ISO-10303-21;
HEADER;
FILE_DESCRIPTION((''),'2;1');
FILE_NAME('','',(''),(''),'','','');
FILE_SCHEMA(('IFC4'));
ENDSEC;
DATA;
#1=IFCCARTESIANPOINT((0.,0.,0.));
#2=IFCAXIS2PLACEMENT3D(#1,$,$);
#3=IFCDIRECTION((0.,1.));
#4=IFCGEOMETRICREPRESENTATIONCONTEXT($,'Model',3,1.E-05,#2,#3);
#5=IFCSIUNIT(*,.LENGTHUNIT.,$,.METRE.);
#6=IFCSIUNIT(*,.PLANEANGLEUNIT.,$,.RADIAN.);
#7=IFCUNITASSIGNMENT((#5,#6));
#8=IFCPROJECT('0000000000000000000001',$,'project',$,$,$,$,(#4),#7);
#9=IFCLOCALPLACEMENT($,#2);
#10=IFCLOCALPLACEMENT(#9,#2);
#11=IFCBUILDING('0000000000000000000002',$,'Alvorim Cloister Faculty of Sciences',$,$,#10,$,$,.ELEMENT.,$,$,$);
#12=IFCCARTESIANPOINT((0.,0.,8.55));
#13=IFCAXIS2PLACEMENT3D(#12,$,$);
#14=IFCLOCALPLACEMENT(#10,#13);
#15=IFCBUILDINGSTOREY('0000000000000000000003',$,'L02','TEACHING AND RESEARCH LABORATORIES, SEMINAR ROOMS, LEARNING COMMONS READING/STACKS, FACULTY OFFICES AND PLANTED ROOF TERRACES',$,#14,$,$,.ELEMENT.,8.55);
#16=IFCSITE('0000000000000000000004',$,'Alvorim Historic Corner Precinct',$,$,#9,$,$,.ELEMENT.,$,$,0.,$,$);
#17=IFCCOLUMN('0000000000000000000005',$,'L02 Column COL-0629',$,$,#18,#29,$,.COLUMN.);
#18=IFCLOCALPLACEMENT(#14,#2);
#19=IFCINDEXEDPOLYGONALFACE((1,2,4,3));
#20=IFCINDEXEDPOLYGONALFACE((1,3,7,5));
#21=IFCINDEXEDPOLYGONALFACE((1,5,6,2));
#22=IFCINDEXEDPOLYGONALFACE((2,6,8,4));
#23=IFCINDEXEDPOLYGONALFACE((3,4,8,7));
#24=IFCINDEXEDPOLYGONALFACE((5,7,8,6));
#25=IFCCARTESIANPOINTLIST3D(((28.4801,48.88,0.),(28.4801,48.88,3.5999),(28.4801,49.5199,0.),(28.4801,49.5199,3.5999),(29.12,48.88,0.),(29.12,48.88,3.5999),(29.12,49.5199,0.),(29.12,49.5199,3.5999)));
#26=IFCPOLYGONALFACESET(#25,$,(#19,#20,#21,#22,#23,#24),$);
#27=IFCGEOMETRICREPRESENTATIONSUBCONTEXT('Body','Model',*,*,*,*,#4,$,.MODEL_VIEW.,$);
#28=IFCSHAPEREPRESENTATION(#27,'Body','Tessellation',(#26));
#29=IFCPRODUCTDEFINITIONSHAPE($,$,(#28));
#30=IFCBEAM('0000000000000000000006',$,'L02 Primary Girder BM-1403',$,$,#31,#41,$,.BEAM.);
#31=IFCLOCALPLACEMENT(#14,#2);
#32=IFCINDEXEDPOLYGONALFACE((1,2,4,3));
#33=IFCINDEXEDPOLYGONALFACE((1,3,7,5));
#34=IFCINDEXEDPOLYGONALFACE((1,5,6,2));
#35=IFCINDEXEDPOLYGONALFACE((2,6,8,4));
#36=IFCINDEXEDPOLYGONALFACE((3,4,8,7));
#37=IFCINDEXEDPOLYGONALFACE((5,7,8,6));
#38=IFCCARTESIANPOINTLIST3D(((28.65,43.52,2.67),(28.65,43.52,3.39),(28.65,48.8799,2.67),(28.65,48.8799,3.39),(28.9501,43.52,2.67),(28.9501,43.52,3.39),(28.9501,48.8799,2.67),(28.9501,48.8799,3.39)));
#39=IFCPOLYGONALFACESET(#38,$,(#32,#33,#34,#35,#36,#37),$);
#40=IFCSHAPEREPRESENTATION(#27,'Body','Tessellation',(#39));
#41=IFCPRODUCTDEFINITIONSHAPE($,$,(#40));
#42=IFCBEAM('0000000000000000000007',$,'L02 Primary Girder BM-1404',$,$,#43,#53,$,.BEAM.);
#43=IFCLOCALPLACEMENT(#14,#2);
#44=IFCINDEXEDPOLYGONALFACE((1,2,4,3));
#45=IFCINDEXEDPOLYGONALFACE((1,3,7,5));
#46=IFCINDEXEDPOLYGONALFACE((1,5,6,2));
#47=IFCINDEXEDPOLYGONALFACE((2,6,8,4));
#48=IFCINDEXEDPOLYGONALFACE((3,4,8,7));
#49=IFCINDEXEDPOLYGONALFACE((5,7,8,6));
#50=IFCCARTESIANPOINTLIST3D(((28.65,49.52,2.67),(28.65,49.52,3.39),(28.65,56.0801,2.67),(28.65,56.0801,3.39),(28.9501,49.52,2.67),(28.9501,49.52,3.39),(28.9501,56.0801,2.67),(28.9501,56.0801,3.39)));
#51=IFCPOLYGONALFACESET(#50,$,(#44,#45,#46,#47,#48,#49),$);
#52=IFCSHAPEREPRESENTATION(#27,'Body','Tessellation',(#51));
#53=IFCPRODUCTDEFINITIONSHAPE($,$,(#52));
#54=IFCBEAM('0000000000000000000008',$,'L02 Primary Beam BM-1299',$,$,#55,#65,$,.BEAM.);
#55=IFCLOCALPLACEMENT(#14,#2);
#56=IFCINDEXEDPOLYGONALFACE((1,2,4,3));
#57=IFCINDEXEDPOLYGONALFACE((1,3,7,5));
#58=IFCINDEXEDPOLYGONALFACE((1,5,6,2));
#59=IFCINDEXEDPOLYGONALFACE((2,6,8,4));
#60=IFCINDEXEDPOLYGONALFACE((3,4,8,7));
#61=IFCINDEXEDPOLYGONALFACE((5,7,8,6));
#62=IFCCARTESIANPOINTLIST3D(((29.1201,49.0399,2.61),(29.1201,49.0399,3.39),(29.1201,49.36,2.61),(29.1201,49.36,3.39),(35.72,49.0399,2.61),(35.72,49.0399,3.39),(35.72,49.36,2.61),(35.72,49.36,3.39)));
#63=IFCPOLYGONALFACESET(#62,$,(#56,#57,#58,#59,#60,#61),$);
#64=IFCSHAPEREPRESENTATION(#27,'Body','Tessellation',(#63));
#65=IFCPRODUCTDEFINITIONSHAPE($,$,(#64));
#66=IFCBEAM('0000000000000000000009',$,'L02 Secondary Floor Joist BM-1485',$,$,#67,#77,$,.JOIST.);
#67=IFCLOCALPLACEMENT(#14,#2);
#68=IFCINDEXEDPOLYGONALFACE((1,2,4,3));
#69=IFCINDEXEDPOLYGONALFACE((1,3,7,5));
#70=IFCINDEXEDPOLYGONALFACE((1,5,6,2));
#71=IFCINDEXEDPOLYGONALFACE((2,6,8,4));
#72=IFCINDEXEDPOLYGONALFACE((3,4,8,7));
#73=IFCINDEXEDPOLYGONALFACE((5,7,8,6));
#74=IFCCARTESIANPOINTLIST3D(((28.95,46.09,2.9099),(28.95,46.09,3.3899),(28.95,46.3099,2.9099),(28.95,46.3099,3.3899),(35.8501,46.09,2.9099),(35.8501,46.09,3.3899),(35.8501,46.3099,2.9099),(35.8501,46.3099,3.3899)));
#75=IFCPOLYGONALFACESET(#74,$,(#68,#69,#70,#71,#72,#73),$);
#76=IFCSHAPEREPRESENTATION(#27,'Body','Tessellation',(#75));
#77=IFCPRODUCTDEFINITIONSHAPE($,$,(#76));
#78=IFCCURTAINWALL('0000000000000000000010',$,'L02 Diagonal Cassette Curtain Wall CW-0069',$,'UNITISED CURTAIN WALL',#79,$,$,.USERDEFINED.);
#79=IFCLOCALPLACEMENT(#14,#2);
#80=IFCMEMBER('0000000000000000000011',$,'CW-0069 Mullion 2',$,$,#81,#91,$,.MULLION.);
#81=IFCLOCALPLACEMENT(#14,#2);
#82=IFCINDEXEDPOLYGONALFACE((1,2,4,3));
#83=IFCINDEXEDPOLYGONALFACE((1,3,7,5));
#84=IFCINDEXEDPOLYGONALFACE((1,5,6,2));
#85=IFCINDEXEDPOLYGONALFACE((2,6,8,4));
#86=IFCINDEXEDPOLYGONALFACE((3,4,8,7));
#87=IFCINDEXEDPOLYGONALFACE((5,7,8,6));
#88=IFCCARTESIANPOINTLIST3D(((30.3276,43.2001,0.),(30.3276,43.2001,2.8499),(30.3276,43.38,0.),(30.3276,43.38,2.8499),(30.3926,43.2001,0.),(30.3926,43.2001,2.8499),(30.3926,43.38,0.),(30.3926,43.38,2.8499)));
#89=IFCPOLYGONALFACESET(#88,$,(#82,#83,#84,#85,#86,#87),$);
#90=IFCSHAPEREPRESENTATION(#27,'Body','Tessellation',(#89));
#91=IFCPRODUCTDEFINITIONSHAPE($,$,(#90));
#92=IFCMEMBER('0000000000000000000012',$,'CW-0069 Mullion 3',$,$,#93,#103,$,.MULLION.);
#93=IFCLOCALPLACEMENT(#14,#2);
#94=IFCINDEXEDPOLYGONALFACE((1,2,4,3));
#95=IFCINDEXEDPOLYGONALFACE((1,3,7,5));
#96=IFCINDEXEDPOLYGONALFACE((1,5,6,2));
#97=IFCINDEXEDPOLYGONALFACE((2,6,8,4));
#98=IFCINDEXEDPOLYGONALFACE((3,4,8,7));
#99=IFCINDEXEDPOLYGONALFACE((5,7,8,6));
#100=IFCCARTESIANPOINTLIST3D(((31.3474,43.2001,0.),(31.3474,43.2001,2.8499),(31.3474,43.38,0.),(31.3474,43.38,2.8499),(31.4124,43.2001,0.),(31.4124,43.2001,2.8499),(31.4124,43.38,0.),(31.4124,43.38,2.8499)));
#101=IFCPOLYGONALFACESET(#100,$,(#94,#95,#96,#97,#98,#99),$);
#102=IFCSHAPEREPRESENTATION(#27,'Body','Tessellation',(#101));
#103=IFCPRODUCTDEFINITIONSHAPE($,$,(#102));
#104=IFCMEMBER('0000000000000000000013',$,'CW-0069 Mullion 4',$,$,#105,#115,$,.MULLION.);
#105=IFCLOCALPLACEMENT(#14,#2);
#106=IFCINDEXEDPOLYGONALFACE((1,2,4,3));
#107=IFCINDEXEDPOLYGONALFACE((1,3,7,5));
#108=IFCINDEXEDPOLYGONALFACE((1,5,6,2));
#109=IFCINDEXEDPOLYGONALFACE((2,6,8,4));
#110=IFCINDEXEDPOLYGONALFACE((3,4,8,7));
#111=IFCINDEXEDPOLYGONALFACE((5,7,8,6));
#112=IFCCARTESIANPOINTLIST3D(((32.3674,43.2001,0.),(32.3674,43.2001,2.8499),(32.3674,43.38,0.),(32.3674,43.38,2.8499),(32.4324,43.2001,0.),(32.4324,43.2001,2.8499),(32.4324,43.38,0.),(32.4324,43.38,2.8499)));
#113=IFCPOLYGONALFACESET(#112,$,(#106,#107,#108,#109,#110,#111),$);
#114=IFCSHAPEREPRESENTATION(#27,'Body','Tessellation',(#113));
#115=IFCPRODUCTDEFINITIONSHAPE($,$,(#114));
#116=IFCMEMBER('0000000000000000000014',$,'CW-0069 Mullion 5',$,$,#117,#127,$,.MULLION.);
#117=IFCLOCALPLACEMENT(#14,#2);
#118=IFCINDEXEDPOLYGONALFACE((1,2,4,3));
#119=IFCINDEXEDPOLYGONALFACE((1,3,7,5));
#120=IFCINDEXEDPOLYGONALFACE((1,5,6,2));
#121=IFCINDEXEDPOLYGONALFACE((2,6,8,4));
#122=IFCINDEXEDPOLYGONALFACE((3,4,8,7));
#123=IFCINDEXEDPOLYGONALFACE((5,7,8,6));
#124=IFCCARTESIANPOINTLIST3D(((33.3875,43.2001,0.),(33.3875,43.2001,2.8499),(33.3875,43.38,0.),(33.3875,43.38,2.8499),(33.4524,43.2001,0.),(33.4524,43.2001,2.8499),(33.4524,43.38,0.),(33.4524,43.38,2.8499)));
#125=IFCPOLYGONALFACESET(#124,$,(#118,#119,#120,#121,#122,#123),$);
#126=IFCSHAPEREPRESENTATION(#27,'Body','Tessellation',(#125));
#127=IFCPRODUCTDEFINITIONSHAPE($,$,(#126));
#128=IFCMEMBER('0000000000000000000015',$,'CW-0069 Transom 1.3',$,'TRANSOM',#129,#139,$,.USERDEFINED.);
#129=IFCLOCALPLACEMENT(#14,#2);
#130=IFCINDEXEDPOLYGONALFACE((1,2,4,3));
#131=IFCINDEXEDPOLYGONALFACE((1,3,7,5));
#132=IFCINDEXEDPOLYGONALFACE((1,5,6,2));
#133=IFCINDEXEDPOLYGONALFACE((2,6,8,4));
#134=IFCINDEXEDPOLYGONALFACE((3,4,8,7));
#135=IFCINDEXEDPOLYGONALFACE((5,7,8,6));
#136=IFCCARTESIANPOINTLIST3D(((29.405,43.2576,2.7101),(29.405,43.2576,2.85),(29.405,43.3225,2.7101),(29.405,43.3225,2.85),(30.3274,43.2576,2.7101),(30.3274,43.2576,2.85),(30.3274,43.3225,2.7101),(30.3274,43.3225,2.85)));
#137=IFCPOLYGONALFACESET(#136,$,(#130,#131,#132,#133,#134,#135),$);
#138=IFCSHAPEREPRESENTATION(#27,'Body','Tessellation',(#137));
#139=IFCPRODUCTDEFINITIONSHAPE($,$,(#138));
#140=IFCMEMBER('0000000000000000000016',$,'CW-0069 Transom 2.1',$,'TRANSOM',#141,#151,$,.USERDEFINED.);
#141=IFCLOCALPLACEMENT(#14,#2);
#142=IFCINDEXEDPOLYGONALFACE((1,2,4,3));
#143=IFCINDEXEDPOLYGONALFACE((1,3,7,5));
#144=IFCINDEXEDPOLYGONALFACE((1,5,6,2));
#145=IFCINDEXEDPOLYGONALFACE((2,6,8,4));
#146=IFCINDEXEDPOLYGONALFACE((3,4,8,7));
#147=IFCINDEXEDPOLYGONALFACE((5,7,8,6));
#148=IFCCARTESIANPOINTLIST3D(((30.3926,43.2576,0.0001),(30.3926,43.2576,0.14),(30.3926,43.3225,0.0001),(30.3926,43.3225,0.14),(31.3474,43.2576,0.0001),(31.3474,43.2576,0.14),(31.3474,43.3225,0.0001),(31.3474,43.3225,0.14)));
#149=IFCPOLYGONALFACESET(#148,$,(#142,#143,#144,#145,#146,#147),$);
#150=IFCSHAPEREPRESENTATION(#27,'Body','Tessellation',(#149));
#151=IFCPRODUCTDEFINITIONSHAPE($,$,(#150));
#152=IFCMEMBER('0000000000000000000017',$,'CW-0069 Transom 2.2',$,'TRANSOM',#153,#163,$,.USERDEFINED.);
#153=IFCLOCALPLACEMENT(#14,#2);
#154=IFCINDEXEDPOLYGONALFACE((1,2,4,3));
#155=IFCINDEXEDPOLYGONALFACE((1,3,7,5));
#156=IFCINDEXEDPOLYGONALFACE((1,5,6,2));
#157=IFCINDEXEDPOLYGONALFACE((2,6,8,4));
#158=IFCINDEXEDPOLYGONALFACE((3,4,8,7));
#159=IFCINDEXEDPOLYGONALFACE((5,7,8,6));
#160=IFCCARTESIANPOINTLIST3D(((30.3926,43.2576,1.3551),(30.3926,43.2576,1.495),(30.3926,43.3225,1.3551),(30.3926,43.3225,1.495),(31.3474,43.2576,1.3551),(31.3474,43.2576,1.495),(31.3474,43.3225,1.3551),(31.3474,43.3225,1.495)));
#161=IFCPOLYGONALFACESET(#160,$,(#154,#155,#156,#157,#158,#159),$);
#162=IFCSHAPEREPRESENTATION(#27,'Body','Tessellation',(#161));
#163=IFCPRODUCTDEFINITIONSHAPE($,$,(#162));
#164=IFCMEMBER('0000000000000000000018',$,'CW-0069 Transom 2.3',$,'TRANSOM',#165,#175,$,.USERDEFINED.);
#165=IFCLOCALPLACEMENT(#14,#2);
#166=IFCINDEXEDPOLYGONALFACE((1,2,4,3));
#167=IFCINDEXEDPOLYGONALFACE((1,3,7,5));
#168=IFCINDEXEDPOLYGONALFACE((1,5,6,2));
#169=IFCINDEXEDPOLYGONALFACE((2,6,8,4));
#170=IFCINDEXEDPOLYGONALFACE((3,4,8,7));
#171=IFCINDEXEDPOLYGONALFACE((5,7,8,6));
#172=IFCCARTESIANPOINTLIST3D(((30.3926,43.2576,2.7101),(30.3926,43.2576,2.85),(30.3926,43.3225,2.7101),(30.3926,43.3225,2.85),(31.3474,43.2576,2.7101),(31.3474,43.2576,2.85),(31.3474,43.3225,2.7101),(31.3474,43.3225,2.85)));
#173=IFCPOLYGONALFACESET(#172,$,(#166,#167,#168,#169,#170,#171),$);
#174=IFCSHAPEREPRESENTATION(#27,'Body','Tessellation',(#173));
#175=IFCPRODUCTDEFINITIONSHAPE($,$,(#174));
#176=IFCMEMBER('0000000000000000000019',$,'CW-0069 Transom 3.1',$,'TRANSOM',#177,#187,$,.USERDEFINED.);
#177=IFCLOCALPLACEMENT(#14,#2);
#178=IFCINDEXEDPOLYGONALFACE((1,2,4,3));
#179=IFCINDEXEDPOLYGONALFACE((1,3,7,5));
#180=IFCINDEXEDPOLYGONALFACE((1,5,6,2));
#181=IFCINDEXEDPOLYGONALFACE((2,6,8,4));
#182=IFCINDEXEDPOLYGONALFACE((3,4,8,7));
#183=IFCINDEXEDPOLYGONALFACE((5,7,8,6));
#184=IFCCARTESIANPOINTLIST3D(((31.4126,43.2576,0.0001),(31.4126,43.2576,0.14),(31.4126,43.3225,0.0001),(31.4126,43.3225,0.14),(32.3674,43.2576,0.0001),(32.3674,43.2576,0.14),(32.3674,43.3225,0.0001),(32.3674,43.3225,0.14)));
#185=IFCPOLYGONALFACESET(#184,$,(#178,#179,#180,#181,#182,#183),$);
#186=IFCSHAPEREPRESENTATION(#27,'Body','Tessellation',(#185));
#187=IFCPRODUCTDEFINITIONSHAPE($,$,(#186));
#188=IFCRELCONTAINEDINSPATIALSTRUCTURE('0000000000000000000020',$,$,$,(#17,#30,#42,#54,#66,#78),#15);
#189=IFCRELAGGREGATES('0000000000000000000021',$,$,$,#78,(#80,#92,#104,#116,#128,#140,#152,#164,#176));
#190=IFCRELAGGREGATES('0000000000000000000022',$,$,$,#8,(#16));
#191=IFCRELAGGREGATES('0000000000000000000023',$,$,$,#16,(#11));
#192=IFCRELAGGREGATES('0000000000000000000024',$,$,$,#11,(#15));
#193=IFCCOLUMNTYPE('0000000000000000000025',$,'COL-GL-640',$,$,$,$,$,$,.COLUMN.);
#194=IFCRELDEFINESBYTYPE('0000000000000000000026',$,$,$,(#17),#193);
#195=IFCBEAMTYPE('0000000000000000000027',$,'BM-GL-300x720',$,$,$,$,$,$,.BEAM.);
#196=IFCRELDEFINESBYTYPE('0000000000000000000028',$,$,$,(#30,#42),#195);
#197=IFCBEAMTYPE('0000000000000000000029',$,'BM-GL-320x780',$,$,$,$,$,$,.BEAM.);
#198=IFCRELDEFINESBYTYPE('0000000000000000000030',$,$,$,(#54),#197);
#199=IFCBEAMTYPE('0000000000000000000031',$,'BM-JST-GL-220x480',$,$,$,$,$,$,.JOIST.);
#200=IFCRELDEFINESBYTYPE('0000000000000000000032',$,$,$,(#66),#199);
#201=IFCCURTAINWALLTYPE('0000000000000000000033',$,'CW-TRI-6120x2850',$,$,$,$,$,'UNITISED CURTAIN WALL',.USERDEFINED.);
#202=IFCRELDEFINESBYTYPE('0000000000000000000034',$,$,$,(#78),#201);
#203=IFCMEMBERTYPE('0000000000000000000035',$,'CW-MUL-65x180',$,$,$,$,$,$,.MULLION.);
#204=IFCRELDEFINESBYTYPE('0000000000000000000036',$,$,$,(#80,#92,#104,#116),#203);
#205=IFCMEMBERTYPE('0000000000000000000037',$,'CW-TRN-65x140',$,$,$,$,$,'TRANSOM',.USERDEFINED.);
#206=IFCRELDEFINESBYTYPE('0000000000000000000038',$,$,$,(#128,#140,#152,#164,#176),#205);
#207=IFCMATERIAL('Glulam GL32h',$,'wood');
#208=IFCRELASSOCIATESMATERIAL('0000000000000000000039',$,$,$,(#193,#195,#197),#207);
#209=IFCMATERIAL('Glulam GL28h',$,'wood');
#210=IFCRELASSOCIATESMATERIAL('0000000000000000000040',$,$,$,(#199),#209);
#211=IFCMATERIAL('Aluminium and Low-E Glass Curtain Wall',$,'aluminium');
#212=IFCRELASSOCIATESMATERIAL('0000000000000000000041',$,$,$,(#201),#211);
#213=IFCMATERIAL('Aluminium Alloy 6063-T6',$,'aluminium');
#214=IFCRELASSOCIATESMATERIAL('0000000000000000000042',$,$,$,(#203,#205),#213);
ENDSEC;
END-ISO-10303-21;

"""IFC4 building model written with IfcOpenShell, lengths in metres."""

from ifc_helpers import new_model, si_unit, direction, frame, origin, origin_2d, place, context, subcontext, project, spatial, rectangle, extrude, material, material_profile, profile_set, type_object, element, aggregate, save


model = new_model("IFC4")

# Units and contexts
model_context = context("Model", 3, precision=1e-05, world=origin(), true_north=direction((0.0, 1.0)))
body_context = subcontext(model_context, "Body", "Model", "MODEL_VIEW")
ifc_project = project(units=[si_unit("LENGTHUNIT", "METRE"), si_unit("PLANEANGLEUNIT", "RADIAN")], contexts=[model_context])

# Site, building, storey
site_placement = place(None, origin())
site = spatial("IfcSite", under=ifc_project, at=site_placement, Name="Alvorim Historic Corner Precinct", CompositionType="ELEMENT", RefElevation=0.0)
building_placement = place(site_placement, origin())
building = spatial("IfcBuilding", under=site, at=building_placement, Name="Alvorim Cloister Faculty of Sciences", CompositionType="ELEMENT")
storey_placement = place(building_placement, frame((0.0, 0.0, 8.55)))
storey = spatial("IfcBuildingStorey", under=building, at=storey_placement, Name="L02", Description="TEACHING AND RESEARCH LABORATORIES, SEMINAR ROOMS, LEARNING COMMONS READING/STACKS, FACULTY OFFICES AND PLANTED ROOF TERRACES", CompositionType="ELEMENT", Elevation=8.55)

# Column
ifc_material_1 = material(Name="Glulam GL32h", Category="wood")
ifc_material_profile_1 = material_profile(ifc_material_1, rectangle(XDim=0.6399, YDim=0.6399, at=origin_2d()), Name="GL32-COL-640x640")
ifc_profile_set_1 = profile_set([ifc_material_profile_1], Name="Glulam GL32h")
column_type = type_object("IfcColumnType", Name="COL-GL-640", PredefinedType="COLUMN", material=ifc_profile_set_1)
column_placement = place(storey_placement, frame((28.8, 49.2, 0.0), z_axis=(0.0, 0.0, 1.0), x_axis=(1.0, 0.0, 0.0)))
element("IfcColumn", 1, at=column_placement, inside=storey, type_object=column_type, Name="L02 Column COL-0629", PredefinedType="COLUMN", context=body_context, shape_type="SweptSolid", body=[
    extrude(rectangle(XDim=0.6399, YDim=0.6399, at=origin_2d()), origin(), (0.0, 0.0, 1.0), 3.5999),
])

# Beams
ifc_material_profile_2 = material_profile(ifc_material_1, rectangle(XDim=0.3, YDim=0.72, at=origin_2d()), Name="GL32-BM-300x720")
ifc_profile_set_2 = profile_set([ifc_material_profile_2], Name="Glulam GL32h")
beam_type_1 = type_object("IfcBeamType", Name="BM-GL-300x720", PredefinedType="BEAM", material=ifc_profile_set_2)
beam_1_placement = place(storey_placement, frame((28.8, 43.52, 3.03), z_axis=(0.0, 1.0, 0.0), x_axis=(-1.0, 0.0, 0.0)))
element("IfcBeam", 2, at=beam_1_placement, inside=storey, type_object=beam_type_1, Name="L02 Primary Girder BM-1403", PredefinedType="BEAM", context=body_context, shape_type="SweptSolid", body=[
    extrude(rectangle(XDim=0.3, YDim=0.72, at=origin_2d()), origin(), (0.0, 0.0, 1.0), 5.3599),
])
beam_2_placement = place(storey_placement, frame((28.8, 49.52, 3.03), z_axis=(0.0, 1.0, 0.0), x_axis=(-1.0, 0.0, 0.0)))
element("IfcBeam", 3, at=beam_2_placement, inside=storey, type_object=beam_type_1, Name="L02 Primary Girder BM-1404", PredefinedType="BEAM", context=body_context, shape_type="SweptSolid", body=[
    extrude(rectangle(XDim=0.3, YDim=0.72, at=origin_2d()), origin(), (0.0, 0.0, 1.0), 6.5601),
])
ifc_material_profile_3 = material_profile(ifc_material_1, rectangle(XDim=0.3201, YDim=0.78, at=origin_2d()), Name="GL32-BM-320x780")
ifc_profile_set_3 = profile_set([ifc_material_profile_3], Name="Glulam GL32h")
beam_type_2 = type_object("IfcBeamType", Name="BM-GL-320x780", PredefinedType="BEAM", material=ifc_profile_set_3)
beam_3_placement = place(storey_placement, frame((29.1201, 49.2, 3.0), z_axis=(1.0, 0.0, 0.0), x_axis=(0.0, 1.0, 0.0)))
element("IfcBeam", 4, at=beam_3_placement, inside=storey, type_object=beam_type_2, Name="L02 Primary Beam BM-1299", PredefinedType="BEAM", context=body_context, shape_type="SweptSolid", body=[
    extrude(rectangle(XDim=0.3201, YDim=0.78, at=origin_2d()), origin(), (0.0, 0.0, 1.0), 6.5999),
])
ifc_material_2 = material(Name="Glulam GL28h", Category="wood")
ifc_material_profile_4 = material_profile(ifc_material_2, rectangle(XDim=0.22, YDim=0.48, at=origin_2d()), Name="GL28-JST-220x480")
ifc_profile_set_4 = profile_set([ifc_material_profile_4], Name="Glulam GL28h")
beam_type_3 = type_object("IfcBeamType", Name="BM-JST-GL-220x480", PredefinedType="JOIST", material=ifc_profile_set_4)
beam_4_placement = place(storey_placement, frame((28.95, 46.2, 3.1499), z_axis=(1.0, 0.0, 0.0), x_axis=(0.0, 1.0, 0.0)))
element("IfcBeam", 5, at=beam_4_placement, inside=storey, type_object=beam_type_3, Name="L02 Secondary Floor Joist BM-1485", PredefinedType="JOIST", context=body_context, shape_type="SweptSolid", body=[
    extrude(rectangle(XDim=0.22, YDim=0.48, at=origin_2d()), origin(), (0.0, 0.0, 1.0), 6.9001),
])

# Curtain wall, members
ifc_material_3 = material(Name="Aluminium and Low-E Glass Curtain Wall", Category="aluminium")
curtain_wall_type = type_object("IfcCurtainWallType", Name="CW-TRI-6120x2850", ElementType="UNITISED CURTAIN WALL", PredefinedType="USERDEFINED", material=ifc_material_3)
curtain_wall_placement = place(storey_placement, origin())
curtain_wall = element("IfcCurtainWall", 6, at=curtain_wall_placement, inside=storey, type_object=curtain_wall_type, Name="L02 Diagonal Cassette Curtain Wall CW-0069", ObjectType="UNITISED CURTAIN WALL", PredefinedType="USERDEFINED")
ifc_material_4 = material(Name="Aluminium Alloy 6063-T6", Category="aluminium")
ifc_material_profile_5 = material_profile(ifc_material_4, rectangle(XDim=0.0649, YDim=0.1799, at=origin_2d()), Name="ALU-MUL-65x180")
ifc_profile_set_5 = profile_set([ifc_material_profile_5], Name="Aluminium Alloy 6063-T6")
member_type_1 = type_object("IfcMemberType", Name="CW-MUL-65x180", PredefinedType="MULLION", material=ifc_profile_set_5)
member_1_placement = place(storey_placement, frame((30.3601, 43.29, 0.0), z_axis=(0.0, 0.0, 1.0), x_axis=(1.0, 0.0, 0.0)))
member_1 = element("IfcMember", 7, at=member_1_placement, type_object=member_type_1, Name="CW-0069 Mullion 2", PredefinedType="MULLION", context=body_context, shape_type="SweptSolid", body=[
    extrude(rectangle(XDim=0.0649, YDim=0.1799, at=origin_2d()), origin(), (0.0, 0.0, 1.0), 2.8499),
])
member_2_placement = place(storey_placement, frame((31.3799, 43.29, 0.0), z_axis=(0.0, 0.0, 1.0), x_axis=(1.0, 0.0, 0.0)))
member_2 = element("IfcMember", 8, at=member_2_placement, type_object=member_type_1, Name="CW-0069 Mullion 3", PredefinedType="MULLION", context=body_context, shape_type="SweptSolid", body=[
    extrude(rectangle(XDim=0.0649, YDim=0.1799, at=origin_2d()), origin(), (0.0, 0.0, 1.0), 2.8499),
])
member_3_placement = place(storey_placement, frame((32.3999, 43.29, 0.0), z_axis=(0.0, 0.0, 1.0), x_axis=(1.0, 0.0, 0.0)))
member_3 = element("IfcMember", 9, at=member_3_placement, type_object=member_type_1, Name="CW-0069 Mullion 4", PredefinedType="MULLION", context=body_context, shape_type="SweptSolid", body=[
    extrude(rectangle(XDim=0.0649, YDim=0.1799, at=origin_2d()), origin(), (0.0, 0.0, 1.0), 2.8499),
])
member_4_placement = place(storey_placement, frame((33.4199, 43.29, 0.0), z_axis=(0.0, 0.0, 1.0), x_axis=(1.0, 0.0, 0.0)))
member_4 = element("IfcMember", 10, at=member_4_placement, type_object=member_type_1, Name="CW-0069 Mullion 5", PredefinedType="MULLION", context=body_context, shape_type="SweptSolid", body=[
    extrude(rectangle(XDim=0.0649, YDim=0.1799, at=origin_2d()), origin(), (0.0, 0.0, 1.0), 2.8499),
])
ifc_material_profile_6 = material_profile(ifc_material_4, rectangle(XDim=0.0649, YDim=0.1399, at=origin_2d()), Name="ALU-TRN-65x140")
ifc_profile_set_6 = profile_set([ifc_material_profile_6], Name="Aluminium Alloy 6063-T6")
member_type_2 = type_object("IfcMemberType", Name="CW-TRN-65x140", ElementType="TRANSOM", PredefinedType="USERDEFINED", material=ifc_profile_set_6)
member_5_placement = place(storey_placement, frame((29.405, 43.29, 2.78), z_axis=(1.0, 0.0, 0.0), x_axis=(0.0, 1.0, 0.0)))
member_5 = element("IfcMember", 11, at=member_5_placement, type_object=member_type_2, Name="CW-0069 Transom 1.3", ObjectType="TRANSOM", PredefinedType="USERDEFINED", context=body_context, shape_type="SweptSolid", body=[
    extrude(rectangle(XDim=0.0649, YDim=0.1399, at=origin_2d()), origin(), (0.0, 0.0, 1.0), 0.9224),
])
member_6_placement = place(storey_placement, frame((30.3926, 43.29, 0.0701), z_axis=(1.0, 0.0, 0.0), x_axis=(0.0, 1.0, 0.0)))
member_6 = element("IfcMember", 12, at=member_6_placement, type_object=member_type_2, Name="CW-0069 Transom 2.1", ObjectType="TRANSOM", PredefinedType="USERDEFINED", context=body_context, shape_type="SweptSolid", body=[
    extrude(rectangle(XDim=0.0649, YDim=0.1399, at=origin_2d()), origin(), (0.0, 0.0, 1.0), 0.9548),
])
member_7_placement = place(storey_placement, frame((30.3926, 43.29, 1.425), z_axis=(1.0, 0.0, 0.0), x_axis=(0.0, 1.0, 0.0)))
member_7 = element("IfcMember", 13, at=member_7_placement, type_object=member_type_2, Name="CW-0069 Transom 2.2", ObjectType="TRANSOM", PredefinedType="USERDEFINED", context=body_context, shape_type="SweptSolid", body=[
    extrude(rectangle(XDim=0.0649, YDim=0.1399, at=origin_2d()), origin(), (0.0, 0.0, 1.0), 0.9548),
])
member_8_placement = place(storey_placement, frame((30.3926, 43.29, 2.78), z_axis=(1.0, 0.0, 0.0), x_axis=(0.0, 1.0, 0.0)))
member_8 = element("IfcMember", 14, at=member_8_placement, type_object=member_type_2, Name="CW-0069 Transom 2.3", ObjectType="TRANSOM", PredefinedType="USERDEFINED", context=body_context, shape_type="SweptSolid", body=[
    extrude(rectangle(XDim=0.0649, YDim=0.1399, at=origin_2d()), origin(), (0.0, 0.0, 1.0), 0.9548),
])
member_9_placement = place(storey_placement, frame((31.4126, 43.29, 0.0701), z_axis=(1.0, 0.0, 0.0), x_axis=(0.0, 1.0, 0.0)))
member_9 = element("IfcMember", 15, at=member_9_placement, type_object=member_type_2, Name="CW-0069 Transom 3.1", ObjectType="TRANSOM", PredefinedType="USERDEFINED", context=body_context, shape_type="SweptSolid", body=[
    extrude(rectangle(XDim=0.0649, YDim=0.1399, at=origin_2d()), origin(), (0.0, 0.0, 1.0), 0.9548),
])
aggregate(curtain_wall, [member_1, member_2, member_3, member_4, member_5, member_6, member_7, member_8, member_9])

save(model, "model.ifc")
